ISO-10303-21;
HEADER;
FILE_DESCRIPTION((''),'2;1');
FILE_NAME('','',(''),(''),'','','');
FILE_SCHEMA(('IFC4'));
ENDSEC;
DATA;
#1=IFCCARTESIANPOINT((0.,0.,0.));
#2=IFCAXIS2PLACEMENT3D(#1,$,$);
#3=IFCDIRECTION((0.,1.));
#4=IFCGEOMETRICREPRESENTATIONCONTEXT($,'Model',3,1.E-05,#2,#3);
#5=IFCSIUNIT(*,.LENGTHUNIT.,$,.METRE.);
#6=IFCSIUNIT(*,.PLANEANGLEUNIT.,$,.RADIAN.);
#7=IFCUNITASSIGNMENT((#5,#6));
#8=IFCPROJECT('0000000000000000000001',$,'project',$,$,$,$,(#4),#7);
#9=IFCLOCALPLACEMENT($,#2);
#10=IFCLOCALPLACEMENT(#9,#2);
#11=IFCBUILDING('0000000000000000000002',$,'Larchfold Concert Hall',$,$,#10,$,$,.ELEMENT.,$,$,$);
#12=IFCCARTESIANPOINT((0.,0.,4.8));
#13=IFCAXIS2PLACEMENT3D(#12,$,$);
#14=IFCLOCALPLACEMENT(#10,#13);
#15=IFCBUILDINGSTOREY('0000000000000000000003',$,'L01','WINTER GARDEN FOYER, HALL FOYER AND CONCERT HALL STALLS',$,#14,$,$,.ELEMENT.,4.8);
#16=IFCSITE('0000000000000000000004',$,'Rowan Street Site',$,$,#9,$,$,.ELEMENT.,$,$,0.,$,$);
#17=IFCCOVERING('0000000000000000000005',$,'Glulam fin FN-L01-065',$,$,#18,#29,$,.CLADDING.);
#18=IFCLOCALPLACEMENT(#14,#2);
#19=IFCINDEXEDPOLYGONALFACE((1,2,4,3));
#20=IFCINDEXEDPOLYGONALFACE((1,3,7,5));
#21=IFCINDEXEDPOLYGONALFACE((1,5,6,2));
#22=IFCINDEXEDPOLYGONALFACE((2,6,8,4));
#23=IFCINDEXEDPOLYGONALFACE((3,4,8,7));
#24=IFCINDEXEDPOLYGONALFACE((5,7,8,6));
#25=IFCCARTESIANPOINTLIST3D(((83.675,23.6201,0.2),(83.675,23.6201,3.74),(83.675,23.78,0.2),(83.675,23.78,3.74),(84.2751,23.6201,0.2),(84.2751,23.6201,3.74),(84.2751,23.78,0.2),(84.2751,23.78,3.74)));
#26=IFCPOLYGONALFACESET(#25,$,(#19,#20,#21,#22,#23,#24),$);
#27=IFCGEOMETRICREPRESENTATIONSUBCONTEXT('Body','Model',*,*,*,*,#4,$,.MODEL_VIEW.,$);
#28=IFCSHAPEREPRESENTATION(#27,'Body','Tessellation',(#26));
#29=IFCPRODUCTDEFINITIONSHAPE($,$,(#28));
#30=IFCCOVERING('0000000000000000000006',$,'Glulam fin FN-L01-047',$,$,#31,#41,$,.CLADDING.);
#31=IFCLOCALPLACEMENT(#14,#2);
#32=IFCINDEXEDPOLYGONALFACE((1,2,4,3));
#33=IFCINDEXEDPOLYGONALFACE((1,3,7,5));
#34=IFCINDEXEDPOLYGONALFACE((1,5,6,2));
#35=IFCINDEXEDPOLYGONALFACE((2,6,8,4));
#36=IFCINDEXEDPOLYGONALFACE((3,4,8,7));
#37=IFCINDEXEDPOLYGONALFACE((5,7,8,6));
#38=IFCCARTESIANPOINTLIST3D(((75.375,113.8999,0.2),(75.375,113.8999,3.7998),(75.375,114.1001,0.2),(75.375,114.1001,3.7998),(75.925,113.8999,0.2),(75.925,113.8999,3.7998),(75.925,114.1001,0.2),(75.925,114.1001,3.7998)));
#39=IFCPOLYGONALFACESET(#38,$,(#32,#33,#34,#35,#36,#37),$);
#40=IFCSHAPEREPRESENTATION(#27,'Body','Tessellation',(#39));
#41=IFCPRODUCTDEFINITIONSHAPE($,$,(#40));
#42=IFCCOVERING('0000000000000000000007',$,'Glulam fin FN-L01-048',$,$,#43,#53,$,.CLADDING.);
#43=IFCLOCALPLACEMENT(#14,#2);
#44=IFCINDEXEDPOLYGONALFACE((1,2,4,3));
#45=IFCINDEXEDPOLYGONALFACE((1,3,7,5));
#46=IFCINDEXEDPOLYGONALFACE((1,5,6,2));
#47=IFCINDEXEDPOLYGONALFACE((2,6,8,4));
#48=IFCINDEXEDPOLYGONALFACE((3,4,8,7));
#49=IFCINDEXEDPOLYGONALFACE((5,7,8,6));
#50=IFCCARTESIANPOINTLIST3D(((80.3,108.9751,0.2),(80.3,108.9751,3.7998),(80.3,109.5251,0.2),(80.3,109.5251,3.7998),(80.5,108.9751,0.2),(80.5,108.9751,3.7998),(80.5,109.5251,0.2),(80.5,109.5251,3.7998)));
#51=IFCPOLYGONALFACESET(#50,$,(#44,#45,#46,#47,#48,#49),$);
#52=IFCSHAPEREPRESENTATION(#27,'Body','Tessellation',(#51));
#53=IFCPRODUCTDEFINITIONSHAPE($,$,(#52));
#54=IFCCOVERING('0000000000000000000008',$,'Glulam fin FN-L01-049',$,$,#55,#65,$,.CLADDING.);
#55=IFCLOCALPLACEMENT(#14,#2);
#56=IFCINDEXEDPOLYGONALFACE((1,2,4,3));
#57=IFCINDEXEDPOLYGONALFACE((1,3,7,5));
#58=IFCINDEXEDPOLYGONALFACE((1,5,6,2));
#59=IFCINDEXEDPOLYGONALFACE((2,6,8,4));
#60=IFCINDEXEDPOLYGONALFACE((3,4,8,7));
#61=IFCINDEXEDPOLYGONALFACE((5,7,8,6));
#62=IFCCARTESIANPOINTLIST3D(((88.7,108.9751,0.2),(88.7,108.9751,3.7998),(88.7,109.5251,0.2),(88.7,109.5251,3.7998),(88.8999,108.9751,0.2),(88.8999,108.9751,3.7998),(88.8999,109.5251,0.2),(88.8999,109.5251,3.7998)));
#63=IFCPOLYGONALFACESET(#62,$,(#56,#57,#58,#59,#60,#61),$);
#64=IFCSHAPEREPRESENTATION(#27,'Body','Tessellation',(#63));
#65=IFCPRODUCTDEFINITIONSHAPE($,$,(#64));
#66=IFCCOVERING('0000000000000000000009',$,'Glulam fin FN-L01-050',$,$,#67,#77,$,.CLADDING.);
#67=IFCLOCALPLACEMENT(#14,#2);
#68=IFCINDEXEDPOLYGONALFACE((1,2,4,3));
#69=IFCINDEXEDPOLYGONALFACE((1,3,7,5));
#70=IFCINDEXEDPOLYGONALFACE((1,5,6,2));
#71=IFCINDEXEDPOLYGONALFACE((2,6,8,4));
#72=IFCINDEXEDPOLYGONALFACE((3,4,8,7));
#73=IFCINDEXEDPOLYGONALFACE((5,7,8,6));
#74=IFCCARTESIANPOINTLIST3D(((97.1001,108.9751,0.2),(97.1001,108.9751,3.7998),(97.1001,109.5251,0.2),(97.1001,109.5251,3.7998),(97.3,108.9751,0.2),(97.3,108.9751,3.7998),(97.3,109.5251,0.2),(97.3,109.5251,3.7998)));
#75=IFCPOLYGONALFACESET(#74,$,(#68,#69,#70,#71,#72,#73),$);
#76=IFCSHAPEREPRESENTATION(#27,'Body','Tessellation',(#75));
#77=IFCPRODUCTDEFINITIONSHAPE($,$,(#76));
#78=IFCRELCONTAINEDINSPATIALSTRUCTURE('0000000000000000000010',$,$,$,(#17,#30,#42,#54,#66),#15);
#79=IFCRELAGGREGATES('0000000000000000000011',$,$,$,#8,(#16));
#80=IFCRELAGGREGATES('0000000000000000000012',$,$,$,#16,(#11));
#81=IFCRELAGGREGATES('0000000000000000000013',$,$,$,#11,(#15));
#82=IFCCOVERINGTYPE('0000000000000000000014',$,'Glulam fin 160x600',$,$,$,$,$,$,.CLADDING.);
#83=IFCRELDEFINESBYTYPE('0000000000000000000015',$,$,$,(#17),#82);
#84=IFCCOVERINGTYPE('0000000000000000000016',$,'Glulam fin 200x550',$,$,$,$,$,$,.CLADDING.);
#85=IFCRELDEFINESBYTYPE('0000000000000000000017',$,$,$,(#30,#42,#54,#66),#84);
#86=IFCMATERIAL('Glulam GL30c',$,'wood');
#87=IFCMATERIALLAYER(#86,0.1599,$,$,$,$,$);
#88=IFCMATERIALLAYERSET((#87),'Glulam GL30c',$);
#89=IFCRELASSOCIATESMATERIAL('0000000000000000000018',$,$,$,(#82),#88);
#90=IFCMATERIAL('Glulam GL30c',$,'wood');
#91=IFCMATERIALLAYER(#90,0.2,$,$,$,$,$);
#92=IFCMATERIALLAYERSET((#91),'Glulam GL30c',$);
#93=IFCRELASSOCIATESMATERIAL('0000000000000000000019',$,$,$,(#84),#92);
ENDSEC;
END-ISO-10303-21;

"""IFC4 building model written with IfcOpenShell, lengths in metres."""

from ifc_helpers import new_model, si_unit, direction, frame, origin, place, context, subcontext, project, spatial, polyline, outline, extrude, material, layer, layer_set, type_object, element, save


model = new_model("IFC4")

# Units and contexts
model_context = context("Model", 3, precision=1e-05, world=origin(), true_north=direction((0.0, 1.0)))
body_context = subcontext(model_context, "Body", "Model", "MODEL_VIEW")
ifc_project = project(units=[si_unit("LENGTHUNIT", "METRE"), si_unit("PLANEANGLEUNIT", "RADIAN")], contexts=[model_context])

# Site, building, storey
site_placement = place(None, origin())
site = spatial("IfcSite", under=ifc_project, at=site_placement, Name="Rowan Street Site", CompositionType="ELEMENT", RefElevation=0.0)
building_placement = place(site_placement, origin())
building = spatial("IfcBuilding", under=site, at=building_placement, Name="Larchfold Concert Hall", CompositionType="ELEMENT")
storey_placement = place(building_placement, frame((0.0, 0.0, 4.8)))
storey = spatial("IfcBuildingStorey", under=building, at=storey_placement, Name="L01", Description="WINTER GARDEN FOYER, HALL FOYER AND CONCERT HALL STALLS", CompositionType="ELEMENT", Elevation=4.8)

# Coverings
ifc_material_1 = material(Name="Glulam GL30c", Category="wood")
ifc_layer_1 = layer(ifc_material_1, 0.1599)
ifc_layer_set_1 = layer_set([ifc_layer_1], Name="Glulam GL30c")
covering_type_1 = type_object("IfcCoveringType", Name="Glulam fin 160x600", PredefinedType="CLADDING", material=ifc_layer_set_1)
covering_1_placement = place(storey_placement, frame((0.0, 0.0, 0.2)))
element("IfcCovering", 1, at=covering_1_placement, inside=storey, type_object=covering_type_1, Name="Glulam fin FN-L01-065", PredefinedType="CLADDING", context=body_context, shape_type="SweptSolid", body=[
    extrude(outline(polyline([(84.2751, 23.6201), (84.2751, 23.78), (83.675, 23.78), (83.675, 23.6201), (84.2751, 23.6201)])), origin(), (0.0, 0.0, 1.0), 3.54),
])
ifc_material_2 = material(Name="Glulam GL30c", Category="wood")
ifc_layer_2 = layer(ifc_material_2, 0.2)
ifc_layer_set_2 = layer_set([ifc_layer_2], Name="Glulam GL30c")
covering_type_2 = type_object("IfcCoveringType", Name="Glulam fin 200x550", PredefinedType="CLADDING", material=ifc_layer_set_2)
covering_2_placement = place(storey_placement, frame((0.0, 0.0, 0.2)))
element("IfcCovering", 2, at=covering_2_placement, inside=storey, type_object=covering_type_2, Name="Glulam fin FN-L01-047", PredefinedType="CLADDING", context=body_context, shape_type="SweptSolid", body=[
    extrude(outline(polyline([(75.925, 113.8999), (75.925, 114.1001), (75.375, 114.1001), (75.375, 113.8999), (75.925, 113.8999)])), origin(), (0.0, 0.0, 1.0), 3.5999),
])
covering_3_placement = place(storey_placement, frame((0.0, 0.0, 0.2)))
element("IfcCovering", 3, at=covering_3_placement, inside=storey, type_object=covering_type_2, Name="Glulam fin FN-L01-048", PredefinedType="CLADDING", context=body_context, shape_type="SweptSolid", body=[
    extrude(outline(polyline([(80.5, 108.9751), (80.5, 109.5251), (80.3, 109.5251), (80.3, 108.9751), (80.5, 108.9751)])), origin(), (0.0, 0.0, 1.0), 3.5999),
])
covering_4_placement = place(storey_placement, frame((0.0, 0.0, 0.2)))
element("IfcCovering", 4, at=covering_4_placement, inside=storey, type_object=covering_type_2, Name="Glulam fin FN-L01-049", PredefinedType="CLADDING", context=body_context, shape_type="SweptSolid", body=[
    extrude(outline(polyline([(88.8999, 108.9751), (88.8999, 109.5251), (88.7, 109.5251), (88.7, 108.9751), (88.8999, 108.9751)])), origin(), (0.0, 0.0, 1.0), 3.5999),
])
covering_5_placement = place(storey_placement, frame((0.0, 0.0, 0.2)))
element("IfcCovering", 5, at=covering_5_placement, inside=storey, type_object=covering_type_2, Name="Glulam fin FN-L01-050", PredefinedType="CLADDING", context=body_context, shape_type="SweptSolid", body=[
    extrude(outline(polyline([(97.3, 108.9751), (97.3, 109.5251), (97.1001, 109.5251), (97.1001, 108.9751), (97.3, 108.9751)])), origin(), (0.0, 0.0, 1.0), 3.5999),
])

save(model, "model.ifc")
